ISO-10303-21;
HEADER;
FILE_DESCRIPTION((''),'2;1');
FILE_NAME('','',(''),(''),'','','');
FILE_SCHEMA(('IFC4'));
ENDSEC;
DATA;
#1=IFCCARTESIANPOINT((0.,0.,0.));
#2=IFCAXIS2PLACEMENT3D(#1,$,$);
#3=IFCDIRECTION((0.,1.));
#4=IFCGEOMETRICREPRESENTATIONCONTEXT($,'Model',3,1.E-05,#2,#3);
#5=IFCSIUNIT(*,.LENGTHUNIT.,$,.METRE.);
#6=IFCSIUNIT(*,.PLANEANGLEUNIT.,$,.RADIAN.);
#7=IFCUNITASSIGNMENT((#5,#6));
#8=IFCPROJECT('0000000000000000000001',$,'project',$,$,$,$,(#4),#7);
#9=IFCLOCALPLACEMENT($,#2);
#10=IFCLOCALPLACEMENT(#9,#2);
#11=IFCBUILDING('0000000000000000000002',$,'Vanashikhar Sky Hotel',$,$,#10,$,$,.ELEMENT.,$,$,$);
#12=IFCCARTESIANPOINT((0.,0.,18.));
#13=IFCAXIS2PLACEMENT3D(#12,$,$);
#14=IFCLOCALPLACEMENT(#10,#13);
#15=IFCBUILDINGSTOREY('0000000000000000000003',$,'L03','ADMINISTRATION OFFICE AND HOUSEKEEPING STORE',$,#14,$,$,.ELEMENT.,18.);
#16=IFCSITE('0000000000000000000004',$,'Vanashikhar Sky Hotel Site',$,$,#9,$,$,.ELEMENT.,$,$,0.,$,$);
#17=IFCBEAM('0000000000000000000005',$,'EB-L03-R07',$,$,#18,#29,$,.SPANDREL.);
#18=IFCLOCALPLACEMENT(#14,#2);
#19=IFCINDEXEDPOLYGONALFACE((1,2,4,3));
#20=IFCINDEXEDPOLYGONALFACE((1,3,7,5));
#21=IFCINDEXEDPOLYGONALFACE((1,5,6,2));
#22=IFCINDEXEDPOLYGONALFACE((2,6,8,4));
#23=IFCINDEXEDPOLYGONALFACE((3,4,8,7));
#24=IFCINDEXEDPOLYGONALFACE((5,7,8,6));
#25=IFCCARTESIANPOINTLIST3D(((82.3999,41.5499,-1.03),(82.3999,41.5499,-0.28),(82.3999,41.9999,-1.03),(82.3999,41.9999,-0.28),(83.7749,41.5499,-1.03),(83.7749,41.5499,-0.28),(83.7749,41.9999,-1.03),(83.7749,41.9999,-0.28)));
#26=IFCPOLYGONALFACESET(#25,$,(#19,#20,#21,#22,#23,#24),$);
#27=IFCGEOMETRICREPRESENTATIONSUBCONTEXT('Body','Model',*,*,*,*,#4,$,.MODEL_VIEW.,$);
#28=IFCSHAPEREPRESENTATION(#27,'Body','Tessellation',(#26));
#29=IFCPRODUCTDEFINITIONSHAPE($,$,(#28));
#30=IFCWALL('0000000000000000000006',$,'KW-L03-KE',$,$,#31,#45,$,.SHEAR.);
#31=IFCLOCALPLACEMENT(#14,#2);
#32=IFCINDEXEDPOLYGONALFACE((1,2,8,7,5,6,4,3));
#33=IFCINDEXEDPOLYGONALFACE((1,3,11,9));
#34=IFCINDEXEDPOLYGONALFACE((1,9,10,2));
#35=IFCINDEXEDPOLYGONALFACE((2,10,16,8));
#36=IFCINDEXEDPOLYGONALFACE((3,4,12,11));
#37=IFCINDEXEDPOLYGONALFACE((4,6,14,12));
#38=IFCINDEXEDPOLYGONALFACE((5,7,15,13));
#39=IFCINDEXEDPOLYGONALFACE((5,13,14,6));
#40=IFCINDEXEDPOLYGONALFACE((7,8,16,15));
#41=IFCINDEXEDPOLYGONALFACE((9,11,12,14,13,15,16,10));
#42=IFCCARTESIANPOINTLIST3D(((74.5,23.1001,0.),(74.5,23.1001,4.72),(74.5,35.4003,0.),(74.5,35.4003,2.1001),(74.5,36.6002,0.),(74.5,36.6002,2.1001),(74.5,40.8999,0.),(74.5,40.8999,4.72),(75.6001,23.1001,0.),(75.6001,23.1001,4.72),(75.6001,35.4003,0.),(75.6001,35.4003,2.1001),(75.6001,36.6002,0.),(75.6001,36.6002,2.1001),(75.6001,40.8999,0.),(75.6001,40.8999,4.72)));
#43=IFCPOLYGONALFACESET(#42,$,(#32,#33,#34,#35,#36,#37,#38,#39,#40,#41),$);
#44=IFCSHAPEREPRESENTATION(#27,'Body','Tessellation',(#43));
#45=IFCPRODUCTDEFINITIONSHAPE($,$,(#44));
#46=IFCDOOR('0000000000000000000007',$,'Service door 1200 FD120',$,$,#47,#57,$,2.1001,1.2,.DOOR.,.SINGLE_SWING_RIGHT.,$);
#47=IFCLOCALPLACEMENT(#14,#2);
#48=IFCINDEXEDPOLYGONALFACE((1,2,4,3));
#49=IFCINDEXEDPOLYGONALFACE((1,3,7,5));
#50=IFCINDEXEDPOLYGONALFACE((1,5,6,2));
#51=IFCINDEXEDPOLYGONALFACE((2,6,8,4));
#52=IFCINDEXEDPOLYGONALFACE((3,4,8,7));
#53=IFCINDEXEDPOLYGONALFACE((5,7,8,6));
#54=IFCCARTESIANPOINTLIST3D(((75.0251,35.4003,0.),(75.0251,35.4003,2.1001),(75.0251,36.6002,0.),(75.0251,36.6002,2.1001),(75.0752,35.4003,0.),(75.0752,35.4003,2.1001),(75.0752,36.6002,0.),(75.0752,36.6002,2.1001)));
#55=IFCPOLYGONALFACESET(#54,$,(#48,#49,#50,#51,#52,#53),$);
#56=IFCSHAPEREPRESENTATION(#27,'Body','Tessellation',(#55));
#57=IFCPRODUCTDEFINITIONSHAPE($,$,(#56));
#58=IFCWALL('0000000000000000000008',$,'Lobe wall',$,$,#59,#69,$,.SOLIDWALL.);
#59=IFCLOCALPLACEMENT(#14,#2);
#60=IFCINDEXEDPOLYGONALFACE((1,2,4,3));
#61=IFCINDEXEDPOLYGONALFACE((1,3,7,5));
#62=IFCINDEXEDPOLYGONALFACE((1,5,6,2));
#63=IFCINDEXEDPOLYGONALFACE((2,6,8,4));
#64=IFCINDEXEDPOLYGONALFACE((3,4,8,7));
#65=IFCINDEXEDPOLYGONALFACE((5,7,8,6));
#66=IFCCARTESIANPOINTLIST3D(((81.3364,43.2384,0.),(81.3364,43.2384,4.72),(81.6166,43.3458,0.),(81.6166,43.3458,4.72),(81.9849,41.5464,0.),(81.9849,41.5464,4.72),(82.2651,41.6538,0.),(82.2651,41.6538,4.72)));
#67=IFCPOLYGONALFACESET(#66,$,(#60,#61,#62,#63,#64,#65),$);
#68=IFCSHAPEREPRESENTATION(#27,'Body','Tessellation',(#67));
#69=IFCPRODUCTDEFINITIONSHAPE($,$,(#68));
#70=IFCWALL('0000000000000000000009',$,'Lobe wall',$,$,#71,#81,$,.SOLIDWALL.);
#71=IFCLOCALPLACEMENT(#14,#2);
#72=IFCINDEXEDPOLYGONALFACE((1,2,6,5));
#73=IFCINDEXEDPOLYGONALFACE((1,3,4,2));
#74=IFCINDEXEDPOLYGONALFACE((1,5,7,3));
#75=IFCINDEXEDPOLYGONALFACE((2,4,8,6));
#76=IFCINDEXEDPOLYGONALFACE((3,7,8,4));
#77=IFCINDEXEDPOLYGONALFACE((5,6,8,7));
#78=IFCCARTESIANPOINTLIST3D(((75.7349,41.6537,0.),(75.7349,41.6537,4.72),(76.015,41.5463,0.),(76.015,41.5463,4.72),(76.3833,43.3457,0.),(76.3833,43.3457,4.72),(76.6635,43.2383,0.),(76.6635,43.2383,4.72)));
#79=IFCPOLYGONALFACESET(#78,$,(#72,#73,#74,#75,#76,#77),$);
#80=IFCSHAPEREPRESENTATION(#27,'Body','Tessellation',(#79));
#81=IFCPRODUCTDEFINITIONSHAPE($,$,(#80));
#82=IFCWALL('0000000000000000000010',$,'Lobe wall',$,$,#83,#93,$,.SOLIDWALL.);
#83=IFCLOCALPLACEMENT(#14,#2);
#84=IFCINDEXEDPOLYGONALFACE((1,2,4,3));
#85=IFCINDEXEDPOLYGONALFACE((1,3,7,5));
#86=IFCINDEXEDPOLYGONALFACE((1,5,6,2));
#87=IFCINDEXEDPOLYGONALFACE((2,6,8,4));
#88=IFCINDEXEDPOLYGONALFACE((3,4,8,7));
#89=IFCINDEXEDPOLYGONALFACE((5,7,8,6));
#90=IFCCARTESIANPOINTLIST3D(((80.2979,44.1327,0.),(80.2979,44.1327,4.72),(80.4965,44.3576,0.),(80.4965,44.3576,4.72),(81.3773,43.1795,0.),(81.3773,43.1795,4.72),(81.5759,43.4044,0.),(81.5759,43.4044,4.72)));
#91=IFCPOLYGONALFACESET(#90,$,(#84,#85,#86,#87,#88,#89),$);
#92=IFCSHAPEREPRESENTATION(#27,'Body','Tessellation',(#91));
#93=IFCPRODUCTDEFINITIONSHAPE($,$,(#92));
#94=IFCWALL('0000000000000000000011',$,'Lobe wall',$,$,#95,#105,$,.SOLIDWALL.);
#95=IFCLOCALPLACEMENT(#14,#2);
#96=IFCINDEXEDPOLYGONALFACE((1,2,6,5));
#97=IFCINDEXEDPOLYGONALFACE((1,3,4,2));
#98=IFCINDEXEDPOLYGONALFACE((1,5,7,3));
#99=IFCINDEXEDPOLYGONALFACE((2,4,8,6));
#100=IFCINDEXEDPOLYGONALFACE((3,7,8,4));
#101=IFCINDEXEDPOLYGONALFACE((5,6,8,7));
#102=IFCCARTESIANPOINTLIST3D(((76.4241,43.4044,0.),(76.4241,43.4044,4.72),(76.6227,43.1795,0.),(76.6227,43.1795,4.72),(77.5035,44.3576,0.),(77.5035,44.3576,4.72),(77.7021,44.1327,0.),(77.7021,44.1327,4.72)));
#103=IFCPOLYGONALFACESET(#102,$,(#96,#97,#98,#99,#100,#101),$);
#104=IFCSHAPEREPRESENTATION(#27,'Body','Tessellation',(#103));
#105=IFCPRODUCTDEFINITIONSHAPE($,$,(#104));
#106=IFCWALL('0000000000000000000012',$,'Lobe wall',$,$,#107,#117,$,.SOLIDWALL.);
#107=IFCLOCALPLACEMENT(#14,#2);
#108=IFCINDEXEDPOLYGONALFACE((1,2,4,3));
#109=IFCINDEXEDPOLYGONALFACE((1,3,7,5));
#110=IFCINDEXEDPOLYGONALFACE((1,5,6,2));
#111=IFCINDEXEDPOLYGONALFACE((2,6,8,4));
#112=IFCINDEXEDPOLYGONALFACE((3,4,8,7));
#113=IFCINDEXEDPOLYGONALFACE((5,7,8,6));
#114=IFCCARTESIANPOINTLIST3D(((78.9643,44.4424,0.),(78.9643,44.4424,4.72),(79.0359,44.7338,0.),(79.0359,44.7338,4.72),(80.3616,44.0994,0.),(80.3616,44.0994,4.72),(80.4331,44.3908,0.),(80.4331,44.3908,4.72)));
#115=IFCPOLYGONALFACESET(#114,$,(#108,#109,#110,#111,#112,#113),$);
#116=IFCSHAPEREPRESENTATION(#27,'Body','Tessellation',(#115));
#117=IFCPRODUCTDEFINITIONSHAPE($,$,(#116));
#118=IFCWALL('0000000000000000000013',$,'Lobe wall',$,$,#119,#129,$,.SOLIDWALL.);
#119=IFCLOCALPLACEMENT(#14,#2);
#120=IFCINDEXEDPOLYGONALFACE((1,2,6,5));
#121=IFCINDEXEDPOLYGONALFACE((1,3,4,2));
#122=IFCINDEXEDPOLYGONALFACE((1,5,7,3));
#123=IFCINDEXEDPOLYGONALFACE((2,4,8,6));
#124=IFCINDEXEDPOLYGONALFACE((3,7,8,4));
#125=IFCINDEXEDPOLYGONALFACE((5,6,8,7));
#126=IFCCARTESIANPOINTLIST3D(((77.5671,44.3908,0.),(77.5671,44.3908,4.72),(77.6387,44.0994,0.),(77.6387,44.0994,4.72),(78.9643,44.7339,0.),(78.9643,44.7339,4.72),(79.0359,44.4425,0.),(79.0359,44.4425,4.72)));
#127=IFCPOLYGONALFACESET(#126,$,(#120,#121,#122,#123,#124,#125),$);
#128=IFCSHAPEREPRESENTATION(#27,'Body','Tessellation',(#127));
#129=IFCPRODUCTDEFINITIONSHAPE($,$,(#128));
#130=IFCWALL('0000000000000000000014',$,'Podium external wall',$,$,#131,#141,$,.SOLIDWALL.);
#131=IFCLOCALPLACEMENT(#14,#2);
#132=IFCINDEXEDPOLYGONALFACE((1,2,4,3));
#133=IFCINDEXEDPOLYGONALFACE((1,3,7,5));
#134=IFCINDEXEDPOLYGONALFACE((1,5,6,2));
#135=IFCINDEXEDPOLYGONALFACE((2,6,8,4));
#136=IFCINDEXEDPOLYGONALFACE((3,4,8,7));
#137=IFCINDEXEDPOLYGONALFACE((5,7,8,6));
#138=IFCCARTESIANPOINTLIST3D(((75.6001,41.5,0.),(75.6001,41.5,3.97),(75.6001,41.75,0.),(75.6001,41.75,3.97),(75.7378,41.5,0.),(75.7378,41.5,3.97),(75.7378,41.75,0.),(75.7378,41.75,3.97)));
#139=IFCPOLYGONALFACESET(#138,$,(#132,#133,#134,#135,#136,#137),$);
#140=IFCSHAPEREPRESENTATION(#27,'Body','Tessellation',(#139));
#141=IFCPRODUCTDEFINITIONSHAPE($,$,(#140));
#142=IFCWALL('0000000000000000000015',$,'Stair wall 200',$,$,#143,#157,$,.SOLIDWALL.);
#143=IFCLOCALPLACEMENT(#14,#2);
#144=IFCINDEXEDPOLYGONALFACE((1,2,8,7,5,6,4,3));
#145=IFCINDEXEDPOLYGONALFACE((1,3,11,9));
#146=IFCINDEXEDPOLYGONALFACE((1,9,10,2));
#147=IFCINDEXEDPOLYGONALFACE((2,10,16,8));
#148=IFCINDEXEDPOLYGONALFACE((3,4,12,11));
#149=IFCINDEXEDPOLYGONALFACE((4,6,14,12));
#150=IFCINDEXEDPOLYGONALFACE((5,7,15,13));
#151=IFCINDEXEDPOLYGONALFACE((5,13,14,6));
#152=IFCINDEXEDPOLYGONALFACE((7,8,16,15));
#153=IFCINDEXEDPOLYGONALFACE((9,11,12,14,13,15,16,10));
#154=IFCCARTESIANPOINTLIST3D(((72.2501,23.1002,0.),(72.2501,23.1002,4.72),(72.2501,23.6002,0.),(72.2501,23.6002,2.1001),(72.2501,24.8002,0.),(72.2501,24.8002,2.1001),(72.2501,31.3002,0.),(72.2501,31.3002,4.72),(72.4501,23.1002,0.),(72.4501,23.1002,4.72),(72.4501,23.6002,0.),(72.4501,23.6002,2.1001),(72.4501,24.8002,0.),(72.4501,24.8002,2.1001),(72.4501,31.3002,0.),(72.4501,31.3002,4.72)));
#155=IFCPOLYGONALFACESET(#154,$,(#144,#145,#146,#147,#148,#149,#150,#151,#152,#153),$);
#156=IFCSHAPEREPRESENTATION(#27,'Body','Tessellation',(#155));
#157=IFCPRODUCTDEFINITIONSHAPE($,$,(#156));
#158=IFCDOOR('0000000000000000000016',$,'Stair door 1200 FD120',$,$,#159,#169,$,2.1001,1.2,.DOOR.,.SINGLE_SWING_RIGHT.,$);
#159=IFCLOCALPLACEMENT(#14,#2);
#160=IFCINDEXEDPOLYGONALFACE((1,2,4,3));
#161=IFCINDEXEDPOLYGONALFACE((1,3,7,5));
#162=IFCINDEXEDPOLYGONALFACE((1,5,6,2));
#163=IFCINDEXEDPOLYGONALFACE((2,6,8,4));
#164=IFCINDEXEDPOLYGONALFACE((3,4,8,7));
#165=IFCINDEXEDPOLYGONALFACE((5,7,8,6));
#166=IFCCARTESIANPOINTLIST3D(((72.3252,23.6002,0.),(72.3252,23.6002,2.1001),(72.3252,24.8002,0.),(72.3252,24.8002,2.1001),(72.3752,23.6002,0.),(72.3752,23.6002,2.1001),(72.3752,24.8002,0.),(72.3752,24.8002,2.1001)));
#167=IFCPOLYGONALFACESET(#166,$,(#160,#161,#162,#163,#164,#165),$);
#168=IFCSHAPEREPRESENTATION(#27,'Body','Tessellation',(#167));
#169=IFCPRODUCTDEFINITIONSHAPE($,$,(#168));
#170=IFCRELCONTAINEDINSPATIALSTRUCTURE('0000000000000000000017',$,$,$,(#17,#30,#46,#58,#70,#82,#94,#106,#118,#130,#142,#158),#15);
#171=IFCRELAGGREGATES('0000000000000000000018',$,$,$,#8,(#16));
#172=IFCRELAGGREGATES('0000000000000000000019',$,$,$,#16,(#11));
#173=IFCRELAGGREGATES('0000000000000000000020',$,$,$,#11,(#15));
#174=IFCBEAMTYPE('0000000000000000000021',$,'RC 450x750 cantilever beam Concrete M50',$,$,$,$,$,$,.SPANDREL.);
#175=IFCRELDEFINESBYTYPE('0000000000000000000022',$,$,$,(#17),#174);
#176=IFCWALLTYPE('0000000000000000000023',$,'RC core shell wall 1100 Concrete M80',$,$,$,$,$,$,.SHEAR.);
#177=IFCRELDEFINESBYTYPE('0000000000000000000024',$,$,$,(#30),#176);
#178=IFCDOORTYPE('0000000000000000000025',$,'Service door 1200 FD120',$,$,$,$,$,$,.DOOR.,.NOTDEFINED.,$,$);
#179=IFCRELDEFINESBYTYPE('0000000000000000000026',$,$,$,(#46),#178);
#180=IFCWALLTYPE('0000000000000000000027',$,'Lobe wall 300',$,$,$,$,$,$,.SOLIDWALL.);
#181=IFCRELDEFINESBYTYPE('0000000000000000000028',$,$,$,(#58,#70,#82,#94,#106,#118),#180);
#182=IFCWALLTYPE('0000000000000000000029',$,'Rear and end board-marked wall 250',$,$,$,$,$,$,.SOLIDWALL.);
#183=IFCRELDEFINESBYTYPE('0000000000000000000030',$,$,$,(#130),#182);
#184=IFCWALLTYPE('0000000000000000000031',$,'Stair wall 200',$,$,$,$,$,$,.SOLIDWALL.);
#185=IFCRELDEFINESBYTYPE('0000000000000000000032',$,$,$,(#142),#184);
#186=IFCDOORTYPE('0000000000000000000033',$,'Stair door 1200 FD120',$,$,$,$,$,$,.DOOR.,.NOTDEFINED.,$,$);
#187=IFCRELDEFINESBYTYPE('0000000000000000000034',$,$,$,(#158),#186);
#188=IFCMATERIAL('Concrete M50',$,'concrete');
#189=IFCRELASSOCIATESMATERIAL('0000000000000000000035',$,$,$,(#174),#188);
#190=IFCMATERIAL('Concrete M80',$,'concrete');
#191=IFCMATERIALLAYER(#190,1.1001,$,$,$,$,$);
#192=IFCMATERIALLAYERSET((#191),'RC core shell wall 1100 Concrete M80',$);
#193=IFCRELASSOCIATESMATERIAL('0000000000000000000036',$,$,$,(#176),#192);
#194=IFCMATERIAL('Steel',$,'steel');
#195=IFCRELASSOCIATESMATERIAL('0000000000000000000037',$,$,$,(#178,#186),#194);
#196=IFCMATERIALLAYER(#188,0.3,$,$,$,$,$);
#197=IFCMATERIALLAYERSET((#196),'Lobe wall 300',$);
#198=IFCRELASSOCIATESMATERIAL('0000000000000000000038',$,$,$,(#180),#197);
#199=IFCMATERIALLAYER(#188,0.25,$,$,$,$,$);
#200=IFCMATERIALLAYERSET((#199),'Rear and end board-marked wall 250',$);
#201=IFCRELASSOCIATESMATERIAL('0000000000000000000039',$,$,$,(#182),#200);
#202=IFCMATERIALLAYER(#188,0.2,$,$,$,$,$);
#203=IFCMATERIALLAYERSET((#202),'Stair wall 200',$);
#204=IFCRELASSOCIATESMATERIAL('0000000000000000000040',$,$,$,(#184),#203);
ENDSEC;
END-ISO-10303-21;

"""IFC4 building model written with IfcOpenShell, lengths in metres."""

from ifc_helpers import new_model, si_unit, direction, frame, frame_2d, origin, origin_2d, place, context, subcontext, project, spatial, rectangle, extrude, source, transform, mapped, material, layer, layer_set, material_profile, profile_set, type_object, element, fill, save


model = new_model("IFC4")

# Units and contexts
model_context = context("Model", 3, precision=1e-05, world=origin(), true_north=direction((0.0, 1.0)))
body_context = subcontext(model_context, "Body", "Model", "MODEL_VIEW")
ifc_project = project(units=[si_unit("LENGTHUNIT", "METRE"), si_unit("PLANEANGLEUNIT", "RADIAN")], contexts=[model_context])

# Site, building, storey
site_placement = place(None, origin())
site = spatial("IfcSite", under=ifc_project, at=site_placement, Name="Vanashikhar Sky Hotel Site", CompositionType="ELEMENT", RefElevation=0.0)
building_placement = place(site_placement, origin())
building = spatial("IfcBuilding", under=site, at=building_placement, Name="Vanashikhar Sky Hotel", CompositionType="ELEMENT")
storey_placement = place(building_placement, frame((0.0, 0.0, 18.0)))
storey = spatial("IfcBuildingStorey", under=building, at=storey_placement, Name="L03", Description="ADMINISTRATION OFFICE AND HOUSEKEEPING STORE", CompositionType="ELEMENT", Elevation=18.0)

# Beam
ifc_material_1 = material(Name="Concrete M50", Category="concrete")
ifc_material_profile_1 = material_profile(ifc_material_1, rectangle(XDim=0.45, YDim=0.75, at=origin_2d()))
ifc_profile_set_1 = profile_set([ifc_material_profile_1], Name="RC 450x750 cantilever beam Concrete M50")
beam_type = type_object("IfcBeamType", Name="RC 450x750 cantilever beam Concrete M50", PredefinedType="SPANDREL", material=ifc_profile_set_1)
shared_shape_1 = source(origin(), body_context, "Body", "SweptSolid", [
    extrude(rectangle(XDim=0.45, YDim=0.75, at=origin_2d()), origin(), (0.0, 0.0, 1.0), 1.375),
])
beam_placement = place(storey_placement, frame((82.3999, 41.7749, -0.655), z_axis=(1.0, 0.0, 0.0), x_axis=(0.0, 1.0, 0.0)))
element("IfcBeam", 1, at=beam_placement, inside=storey, type_object=beam_type, Name="EB-L03-R07", PredefinedType="SPANDREL", context=body_context, shape_type="MappedRepresentation", body=[
    mapped(shared_shape_1, transform((0.0, 0.0, 0.0), scale=1.0)),
])

# Wall, opening, door
ifc_material_2 = material(Name="Concrete M80", Category="concrete")
ifc_layer_1 = layer(ifc_material_2, 1.1001)
ifc_layer_set_1 = layer_set([ifc_layer_1], Name="RC core shell wall 1100 Concrete M80")
wall_type_1 = type_object("IfcWallType", Name="RC core shell wall 1100 Concrete M80", PredefinedType="SHEAR", material=ifc_layer_set_1)
shared_shape_2 = source(origin(), body_context, "Body", "SweptSolid", [
    extrude(rectangle(XDim=17.7998, YDim=1.1001, at=frame_2d((8.8999, 0.0))), origin(), (0.0, 0.0, 1.0), 4.72),
])
wall_1_placement = place(storey_placement, frame((75.05, 23.1001, 0.0), z_axis=(0.0, 0.0, 1.0), x_axis=(0.0, 1.0, 0.0)))
wall_1 = element("IfcWall", 2, at=wall_1_placement, inside=storey, type_object=wall_type_1, Name="KW-L03-KE", PredefinedType="SHEAR", context=body_context, shape_type="MappedRepresentation", body=[
    mapped(shared_shape_2, transform((0.0, 0.0, 0.0), scale=1.0)),
])
shared_shape_3 = source(origin(), body_context, "Body", "SweptSolid", [
    extrude(rectangle(XDim=1.2, YDim=2.1001, at=frame_2d((0.6001, 1.05))), frame((0.0, 0.5601, 0.0), z_axis=(0.0, -1.0, 0.0), x_axis=(1.0, 0.0, 0.0)), (0.0, 0.0, 1.0), 1.1201),
])
opening_1_placement = place(wall_1_placement, frame((12.3, 0.0, 0.0)))
opening_1 = element("IfcOpeningElement", 3, at=opening_1_placement, cuts=wall_1, PredefinedType="OPENING", context=body_context, shape_type="MappedRepresentation", body=[
    mapped(shared_shape_3, transform((0.0, 0.0, 0.0), scale=1.0)),
])
ifc_material_3 = material(Name="Steel", Category="steel")
door_type_1 = type_object("IfcDoorType", Name="Service door 1200 FD120", OperationType="NOTDEFINED", PredefinedType="DOOR", material=ifc_material_3)
shared_shape_4 = source(origin(), body_context, "Body", "SweptSolid", [
    extrude(rectangle(XDim=1.2, YDim=2.1001, at=frame_2d((0.6001, 1.05))), frame((0.0, 0.0249, 0.0), z_axis=(0.0, -1.0, 0.0), x_axis=(1.0, 0.0, 0.0)), (0.0, 0.0, 1.0), 0.05),
])
door_1_placement = place(opening_1_placement, origin())
door_1 = element("IfcDoor", 4, at=door_1_placement, inside=storey, type_object=door_type_1, Name="Service door 1200 FD120", OperationType="SINGLE_SWING_RIGHT", OverallHeight=2.1001, OverallWidth=1.2, PredefinedType="DOOR", context=body_context, shape_type="MappedRepresentation", body=[
    mapped(shared_shape_4, transform((0.0, 0.0, 0.0), scale=1.0)),
])
fill(opening_1, door_1)

# Walls
ifc_layer_2 = layer(ifc_material_1, 0.3)
ifc_layer_set_2 = layer_set([ifc_layer_2], Name="Lobe wall 300")
wall_type_2 = type_object("IfcWallType", Name="Lobe wall 300", PredefinedType="SOLIDWALL", material=ifc_layer_set_2)
shared_shape_5 = source(origin(), body_context, "Body", "SweptSolid", [
    extrude(rectangle(XDim=1.812, YDim=0.3, at=frame_2d((0.906, 0.0))), origin(), (0.0, 0.0, 1.0), 4.72),
])
for number, where, z_axis, x_axis, name in (
    (5, (82.125, 41.6001, 0.0), (0.0, 0.0, 1.0), (-0.357877, 0.933769, 0.0), "Lobe wall"),
    (6, (76.5234, 43.292, 0.0), (0.0, 0.0, 1.0), (-0.357877, -0.933769, 0.0), "Lobe wall"),
):
    element("IfcWall", number, at=place(storey_placement, frame(where, z_axis=z_axis, x_axis=x_axis)), inside=storey, type_object=wall_type_2, Name=name, PredefinedType="SOLIDWALL", context=body_context, shape_type="MappedRepresentation", body=[
        mapped(shared_shape_5, transform((0.0, 0.0, 0.0), scale=1.0)),
    ])
shared_shape_6 = source(origin(), body_context, "Body", "SweptSolid", [
    extrude(rectangle(XDim=1.4399, YDim=0.3, at=frame_2d((0.72, 0.0))), origin(), (0.0, 0.0, 1.0), 4.72),
])
for number, where, z_axis, x_axis, name in (
    (7, (81.4766, 43.292, 0.0), (0.0, 0.0, 1.0), (-0.749576, 0.661919, 0.0), "Lobe wall"),
    (8, (77.6028, 44.2451, 0.0), (0.0, 0.0, 1.0), (-0.749576, -0.661919, 0.0), "Lobe wall"),
):
    element("IfcWall", number, at=place(storey_placement, frame(where, z_axis=z_axis, x_axis=x_axis)), inside=storey, type_object=wall_type_2, Name=name, PredefinedType="SOLIDWALL", context=body_context, shape_type="MappedRepresentation", body=[
        mapped(shared_shape_6, transform((0.0, 0.0, 0.0), scale=1.0)),
    ])
shared_shape_7 = source(origin(), body_context, "Body", "SweptSolid", [
    extrude(rectangle(XDim=1.4387, YDim=0.3, at=frame_2d((0.7192, 0.0))), origin(), (0.0, 0.0, 1.0), 4.72),
])
for number, where, z_axis, x_axis, name in (
    (9, (80.3972, 44.2451, 0.0), (0.0, 0.0, 1.0), (-0.971162, 0.238421, 0.0), "Lobe wall"),
    (10, (79.0, 44.5881, 0.0), (0.0, 0.0, 1.0), (-0.971162, -0.238421, 0.0), "Lobe wall"),
):
    element("IfcWall", number, at=place(storey_placement, frame(where, z_axis=z_axis, x_axis=x_axis)), inside=storey, type_object=wall_type_2, Name=name, PredefinedType="SOLIDWALL", context=body_context, shape_type="MappedRepresentation", body=[
        mapped(shared_shape_7, transform((0.0, 0.0, 0.0), scale=1.0)),
    ])
ifc_layer_3 = layer(ifc_material_1, 0.25)
ifc_layer_set_3 = layer_set([ifc_layer_3], Name="Rear and end board-marked wall 250")
wall_type_3 = type_object("IfcWallType", Name="Rear and end board-marked wall 250", PredefinedType="SOLIDWALL", material=ifc_layer_set_3)
shared_shape_8 = source(origin(), body_context, "Body", "SweptSolid", [
    extrude(rectangle(XDim=0.1377, YDim=0.25, at=frame_2d((0.0688, 0.0))), origin(), (0.0, 0.0, 1.0), 3.97),
])
wall_2_placement = place(storey_placement, frame((75.7378, 41.625, 0.0), z_axis=(0.0, 0.0, 1.0), x_axis=(-1.0, 0.0, 0.0)))
element("IfcWall", 11, at=wall_2_placement, inside=storey, type_object=wall_type_3, Name="Podium external wall", PredefinedType="SOLIDWALL", context=body_context, shape_type="MappedRepresentation", body=[
    mapped(shared_shape_8, transform((0.0, 0.0, 0.0), scale=1.0)),
])

# Wall, opening, door
ifc_layer_4 = layer(ifc_material_1, 0.2)
ifc_layer_set_4 = layer_set([ifc_layer_4], Name="Stair wall 200")
wall_type_4 = type_object("IfcWallType", Name="Stair wall 200", PredefinedType="SOLIDWALL", material=ifc_layer_set_4)
shared_shape_9 = source(origin(), body_context, "Body", "SweptSolid", [
    extrude(rectangle(XDim=8.2, YDim=0.2, at=frame_2d((4.1001, 0.0))), origin(), (0.0, 0.0, 1.0), 4.72),
])
wall_3_placement = place(storey_placement, frame((72.3501, 23.1001, 0.0), z_axis=(0.0, 0.0, 1.0), x_axis=(0.0, 1.0, 0.0)))
wall_3 = element("IfcWall", 12, at=wall_3_placement, inside=storey, type_object=wall_type_4, Name="Stair wall 200", PredefinedType="SOLIDWALL", context=body_context, shape_type="MappedRepresentation", body=[
    mapped(shared_shape_9, transform((0.0, 0.0, 0.0), scale=1.0)),
])
shared_shape_10 = source(origin(), body_context, "Body", "SweptSolid", [
    extrude(rectangle(XDim=1.2, YDim=2.1001, at=frame_2d((0.6001, 1.05))), frame((0.0, 0.1099, 0.0), z_axis=(0.0, -1.0, 0.0), x_axis=(1.0, 0.0, 0.0)), (0.0, 0.0, 1.0), 0.22),
])
opening_2_placement = place(wall_3_placement, frame((0.5, 0.0, 0.0)))
opening_2 = element("IfcOpeningElement", 13, at=opening_2_placement, cuts=wall_3, PredefinedType="OPENING", context=body_context, shape_type="MappedRepresentation", body=[
    mapped(shared_shape_10, transform((0.0, 0.0, 0.0), scale=1.0)),
])
door_type_2 = type_object("IfcDoorType", Name="Stair door 1200 FD120", OperationType="NOTDEFINED", PredefinedType="DOOR", material=ifc_material_3)
door_2_placement = place(opening_2_placement, origin())
door_2 = element("IfcDoor", 14, at=door_2_placement, inside=storey, type_object=door_type_2, Name="Stair door 1200 FD120", OperationType="SINGLE_SWING_RIGHT", OverallHeight=2.1001, OverallWidth=1.2, PredefinedType="DOOR", context=body_context, shape_type="MappedRepresentation", body=[
    mapped(shared_shape_4, transform((0.0, 0.0, 0.0), scale=1.0)),
])
fill(opening_2, door_2)

save(model, "model.ifc")
